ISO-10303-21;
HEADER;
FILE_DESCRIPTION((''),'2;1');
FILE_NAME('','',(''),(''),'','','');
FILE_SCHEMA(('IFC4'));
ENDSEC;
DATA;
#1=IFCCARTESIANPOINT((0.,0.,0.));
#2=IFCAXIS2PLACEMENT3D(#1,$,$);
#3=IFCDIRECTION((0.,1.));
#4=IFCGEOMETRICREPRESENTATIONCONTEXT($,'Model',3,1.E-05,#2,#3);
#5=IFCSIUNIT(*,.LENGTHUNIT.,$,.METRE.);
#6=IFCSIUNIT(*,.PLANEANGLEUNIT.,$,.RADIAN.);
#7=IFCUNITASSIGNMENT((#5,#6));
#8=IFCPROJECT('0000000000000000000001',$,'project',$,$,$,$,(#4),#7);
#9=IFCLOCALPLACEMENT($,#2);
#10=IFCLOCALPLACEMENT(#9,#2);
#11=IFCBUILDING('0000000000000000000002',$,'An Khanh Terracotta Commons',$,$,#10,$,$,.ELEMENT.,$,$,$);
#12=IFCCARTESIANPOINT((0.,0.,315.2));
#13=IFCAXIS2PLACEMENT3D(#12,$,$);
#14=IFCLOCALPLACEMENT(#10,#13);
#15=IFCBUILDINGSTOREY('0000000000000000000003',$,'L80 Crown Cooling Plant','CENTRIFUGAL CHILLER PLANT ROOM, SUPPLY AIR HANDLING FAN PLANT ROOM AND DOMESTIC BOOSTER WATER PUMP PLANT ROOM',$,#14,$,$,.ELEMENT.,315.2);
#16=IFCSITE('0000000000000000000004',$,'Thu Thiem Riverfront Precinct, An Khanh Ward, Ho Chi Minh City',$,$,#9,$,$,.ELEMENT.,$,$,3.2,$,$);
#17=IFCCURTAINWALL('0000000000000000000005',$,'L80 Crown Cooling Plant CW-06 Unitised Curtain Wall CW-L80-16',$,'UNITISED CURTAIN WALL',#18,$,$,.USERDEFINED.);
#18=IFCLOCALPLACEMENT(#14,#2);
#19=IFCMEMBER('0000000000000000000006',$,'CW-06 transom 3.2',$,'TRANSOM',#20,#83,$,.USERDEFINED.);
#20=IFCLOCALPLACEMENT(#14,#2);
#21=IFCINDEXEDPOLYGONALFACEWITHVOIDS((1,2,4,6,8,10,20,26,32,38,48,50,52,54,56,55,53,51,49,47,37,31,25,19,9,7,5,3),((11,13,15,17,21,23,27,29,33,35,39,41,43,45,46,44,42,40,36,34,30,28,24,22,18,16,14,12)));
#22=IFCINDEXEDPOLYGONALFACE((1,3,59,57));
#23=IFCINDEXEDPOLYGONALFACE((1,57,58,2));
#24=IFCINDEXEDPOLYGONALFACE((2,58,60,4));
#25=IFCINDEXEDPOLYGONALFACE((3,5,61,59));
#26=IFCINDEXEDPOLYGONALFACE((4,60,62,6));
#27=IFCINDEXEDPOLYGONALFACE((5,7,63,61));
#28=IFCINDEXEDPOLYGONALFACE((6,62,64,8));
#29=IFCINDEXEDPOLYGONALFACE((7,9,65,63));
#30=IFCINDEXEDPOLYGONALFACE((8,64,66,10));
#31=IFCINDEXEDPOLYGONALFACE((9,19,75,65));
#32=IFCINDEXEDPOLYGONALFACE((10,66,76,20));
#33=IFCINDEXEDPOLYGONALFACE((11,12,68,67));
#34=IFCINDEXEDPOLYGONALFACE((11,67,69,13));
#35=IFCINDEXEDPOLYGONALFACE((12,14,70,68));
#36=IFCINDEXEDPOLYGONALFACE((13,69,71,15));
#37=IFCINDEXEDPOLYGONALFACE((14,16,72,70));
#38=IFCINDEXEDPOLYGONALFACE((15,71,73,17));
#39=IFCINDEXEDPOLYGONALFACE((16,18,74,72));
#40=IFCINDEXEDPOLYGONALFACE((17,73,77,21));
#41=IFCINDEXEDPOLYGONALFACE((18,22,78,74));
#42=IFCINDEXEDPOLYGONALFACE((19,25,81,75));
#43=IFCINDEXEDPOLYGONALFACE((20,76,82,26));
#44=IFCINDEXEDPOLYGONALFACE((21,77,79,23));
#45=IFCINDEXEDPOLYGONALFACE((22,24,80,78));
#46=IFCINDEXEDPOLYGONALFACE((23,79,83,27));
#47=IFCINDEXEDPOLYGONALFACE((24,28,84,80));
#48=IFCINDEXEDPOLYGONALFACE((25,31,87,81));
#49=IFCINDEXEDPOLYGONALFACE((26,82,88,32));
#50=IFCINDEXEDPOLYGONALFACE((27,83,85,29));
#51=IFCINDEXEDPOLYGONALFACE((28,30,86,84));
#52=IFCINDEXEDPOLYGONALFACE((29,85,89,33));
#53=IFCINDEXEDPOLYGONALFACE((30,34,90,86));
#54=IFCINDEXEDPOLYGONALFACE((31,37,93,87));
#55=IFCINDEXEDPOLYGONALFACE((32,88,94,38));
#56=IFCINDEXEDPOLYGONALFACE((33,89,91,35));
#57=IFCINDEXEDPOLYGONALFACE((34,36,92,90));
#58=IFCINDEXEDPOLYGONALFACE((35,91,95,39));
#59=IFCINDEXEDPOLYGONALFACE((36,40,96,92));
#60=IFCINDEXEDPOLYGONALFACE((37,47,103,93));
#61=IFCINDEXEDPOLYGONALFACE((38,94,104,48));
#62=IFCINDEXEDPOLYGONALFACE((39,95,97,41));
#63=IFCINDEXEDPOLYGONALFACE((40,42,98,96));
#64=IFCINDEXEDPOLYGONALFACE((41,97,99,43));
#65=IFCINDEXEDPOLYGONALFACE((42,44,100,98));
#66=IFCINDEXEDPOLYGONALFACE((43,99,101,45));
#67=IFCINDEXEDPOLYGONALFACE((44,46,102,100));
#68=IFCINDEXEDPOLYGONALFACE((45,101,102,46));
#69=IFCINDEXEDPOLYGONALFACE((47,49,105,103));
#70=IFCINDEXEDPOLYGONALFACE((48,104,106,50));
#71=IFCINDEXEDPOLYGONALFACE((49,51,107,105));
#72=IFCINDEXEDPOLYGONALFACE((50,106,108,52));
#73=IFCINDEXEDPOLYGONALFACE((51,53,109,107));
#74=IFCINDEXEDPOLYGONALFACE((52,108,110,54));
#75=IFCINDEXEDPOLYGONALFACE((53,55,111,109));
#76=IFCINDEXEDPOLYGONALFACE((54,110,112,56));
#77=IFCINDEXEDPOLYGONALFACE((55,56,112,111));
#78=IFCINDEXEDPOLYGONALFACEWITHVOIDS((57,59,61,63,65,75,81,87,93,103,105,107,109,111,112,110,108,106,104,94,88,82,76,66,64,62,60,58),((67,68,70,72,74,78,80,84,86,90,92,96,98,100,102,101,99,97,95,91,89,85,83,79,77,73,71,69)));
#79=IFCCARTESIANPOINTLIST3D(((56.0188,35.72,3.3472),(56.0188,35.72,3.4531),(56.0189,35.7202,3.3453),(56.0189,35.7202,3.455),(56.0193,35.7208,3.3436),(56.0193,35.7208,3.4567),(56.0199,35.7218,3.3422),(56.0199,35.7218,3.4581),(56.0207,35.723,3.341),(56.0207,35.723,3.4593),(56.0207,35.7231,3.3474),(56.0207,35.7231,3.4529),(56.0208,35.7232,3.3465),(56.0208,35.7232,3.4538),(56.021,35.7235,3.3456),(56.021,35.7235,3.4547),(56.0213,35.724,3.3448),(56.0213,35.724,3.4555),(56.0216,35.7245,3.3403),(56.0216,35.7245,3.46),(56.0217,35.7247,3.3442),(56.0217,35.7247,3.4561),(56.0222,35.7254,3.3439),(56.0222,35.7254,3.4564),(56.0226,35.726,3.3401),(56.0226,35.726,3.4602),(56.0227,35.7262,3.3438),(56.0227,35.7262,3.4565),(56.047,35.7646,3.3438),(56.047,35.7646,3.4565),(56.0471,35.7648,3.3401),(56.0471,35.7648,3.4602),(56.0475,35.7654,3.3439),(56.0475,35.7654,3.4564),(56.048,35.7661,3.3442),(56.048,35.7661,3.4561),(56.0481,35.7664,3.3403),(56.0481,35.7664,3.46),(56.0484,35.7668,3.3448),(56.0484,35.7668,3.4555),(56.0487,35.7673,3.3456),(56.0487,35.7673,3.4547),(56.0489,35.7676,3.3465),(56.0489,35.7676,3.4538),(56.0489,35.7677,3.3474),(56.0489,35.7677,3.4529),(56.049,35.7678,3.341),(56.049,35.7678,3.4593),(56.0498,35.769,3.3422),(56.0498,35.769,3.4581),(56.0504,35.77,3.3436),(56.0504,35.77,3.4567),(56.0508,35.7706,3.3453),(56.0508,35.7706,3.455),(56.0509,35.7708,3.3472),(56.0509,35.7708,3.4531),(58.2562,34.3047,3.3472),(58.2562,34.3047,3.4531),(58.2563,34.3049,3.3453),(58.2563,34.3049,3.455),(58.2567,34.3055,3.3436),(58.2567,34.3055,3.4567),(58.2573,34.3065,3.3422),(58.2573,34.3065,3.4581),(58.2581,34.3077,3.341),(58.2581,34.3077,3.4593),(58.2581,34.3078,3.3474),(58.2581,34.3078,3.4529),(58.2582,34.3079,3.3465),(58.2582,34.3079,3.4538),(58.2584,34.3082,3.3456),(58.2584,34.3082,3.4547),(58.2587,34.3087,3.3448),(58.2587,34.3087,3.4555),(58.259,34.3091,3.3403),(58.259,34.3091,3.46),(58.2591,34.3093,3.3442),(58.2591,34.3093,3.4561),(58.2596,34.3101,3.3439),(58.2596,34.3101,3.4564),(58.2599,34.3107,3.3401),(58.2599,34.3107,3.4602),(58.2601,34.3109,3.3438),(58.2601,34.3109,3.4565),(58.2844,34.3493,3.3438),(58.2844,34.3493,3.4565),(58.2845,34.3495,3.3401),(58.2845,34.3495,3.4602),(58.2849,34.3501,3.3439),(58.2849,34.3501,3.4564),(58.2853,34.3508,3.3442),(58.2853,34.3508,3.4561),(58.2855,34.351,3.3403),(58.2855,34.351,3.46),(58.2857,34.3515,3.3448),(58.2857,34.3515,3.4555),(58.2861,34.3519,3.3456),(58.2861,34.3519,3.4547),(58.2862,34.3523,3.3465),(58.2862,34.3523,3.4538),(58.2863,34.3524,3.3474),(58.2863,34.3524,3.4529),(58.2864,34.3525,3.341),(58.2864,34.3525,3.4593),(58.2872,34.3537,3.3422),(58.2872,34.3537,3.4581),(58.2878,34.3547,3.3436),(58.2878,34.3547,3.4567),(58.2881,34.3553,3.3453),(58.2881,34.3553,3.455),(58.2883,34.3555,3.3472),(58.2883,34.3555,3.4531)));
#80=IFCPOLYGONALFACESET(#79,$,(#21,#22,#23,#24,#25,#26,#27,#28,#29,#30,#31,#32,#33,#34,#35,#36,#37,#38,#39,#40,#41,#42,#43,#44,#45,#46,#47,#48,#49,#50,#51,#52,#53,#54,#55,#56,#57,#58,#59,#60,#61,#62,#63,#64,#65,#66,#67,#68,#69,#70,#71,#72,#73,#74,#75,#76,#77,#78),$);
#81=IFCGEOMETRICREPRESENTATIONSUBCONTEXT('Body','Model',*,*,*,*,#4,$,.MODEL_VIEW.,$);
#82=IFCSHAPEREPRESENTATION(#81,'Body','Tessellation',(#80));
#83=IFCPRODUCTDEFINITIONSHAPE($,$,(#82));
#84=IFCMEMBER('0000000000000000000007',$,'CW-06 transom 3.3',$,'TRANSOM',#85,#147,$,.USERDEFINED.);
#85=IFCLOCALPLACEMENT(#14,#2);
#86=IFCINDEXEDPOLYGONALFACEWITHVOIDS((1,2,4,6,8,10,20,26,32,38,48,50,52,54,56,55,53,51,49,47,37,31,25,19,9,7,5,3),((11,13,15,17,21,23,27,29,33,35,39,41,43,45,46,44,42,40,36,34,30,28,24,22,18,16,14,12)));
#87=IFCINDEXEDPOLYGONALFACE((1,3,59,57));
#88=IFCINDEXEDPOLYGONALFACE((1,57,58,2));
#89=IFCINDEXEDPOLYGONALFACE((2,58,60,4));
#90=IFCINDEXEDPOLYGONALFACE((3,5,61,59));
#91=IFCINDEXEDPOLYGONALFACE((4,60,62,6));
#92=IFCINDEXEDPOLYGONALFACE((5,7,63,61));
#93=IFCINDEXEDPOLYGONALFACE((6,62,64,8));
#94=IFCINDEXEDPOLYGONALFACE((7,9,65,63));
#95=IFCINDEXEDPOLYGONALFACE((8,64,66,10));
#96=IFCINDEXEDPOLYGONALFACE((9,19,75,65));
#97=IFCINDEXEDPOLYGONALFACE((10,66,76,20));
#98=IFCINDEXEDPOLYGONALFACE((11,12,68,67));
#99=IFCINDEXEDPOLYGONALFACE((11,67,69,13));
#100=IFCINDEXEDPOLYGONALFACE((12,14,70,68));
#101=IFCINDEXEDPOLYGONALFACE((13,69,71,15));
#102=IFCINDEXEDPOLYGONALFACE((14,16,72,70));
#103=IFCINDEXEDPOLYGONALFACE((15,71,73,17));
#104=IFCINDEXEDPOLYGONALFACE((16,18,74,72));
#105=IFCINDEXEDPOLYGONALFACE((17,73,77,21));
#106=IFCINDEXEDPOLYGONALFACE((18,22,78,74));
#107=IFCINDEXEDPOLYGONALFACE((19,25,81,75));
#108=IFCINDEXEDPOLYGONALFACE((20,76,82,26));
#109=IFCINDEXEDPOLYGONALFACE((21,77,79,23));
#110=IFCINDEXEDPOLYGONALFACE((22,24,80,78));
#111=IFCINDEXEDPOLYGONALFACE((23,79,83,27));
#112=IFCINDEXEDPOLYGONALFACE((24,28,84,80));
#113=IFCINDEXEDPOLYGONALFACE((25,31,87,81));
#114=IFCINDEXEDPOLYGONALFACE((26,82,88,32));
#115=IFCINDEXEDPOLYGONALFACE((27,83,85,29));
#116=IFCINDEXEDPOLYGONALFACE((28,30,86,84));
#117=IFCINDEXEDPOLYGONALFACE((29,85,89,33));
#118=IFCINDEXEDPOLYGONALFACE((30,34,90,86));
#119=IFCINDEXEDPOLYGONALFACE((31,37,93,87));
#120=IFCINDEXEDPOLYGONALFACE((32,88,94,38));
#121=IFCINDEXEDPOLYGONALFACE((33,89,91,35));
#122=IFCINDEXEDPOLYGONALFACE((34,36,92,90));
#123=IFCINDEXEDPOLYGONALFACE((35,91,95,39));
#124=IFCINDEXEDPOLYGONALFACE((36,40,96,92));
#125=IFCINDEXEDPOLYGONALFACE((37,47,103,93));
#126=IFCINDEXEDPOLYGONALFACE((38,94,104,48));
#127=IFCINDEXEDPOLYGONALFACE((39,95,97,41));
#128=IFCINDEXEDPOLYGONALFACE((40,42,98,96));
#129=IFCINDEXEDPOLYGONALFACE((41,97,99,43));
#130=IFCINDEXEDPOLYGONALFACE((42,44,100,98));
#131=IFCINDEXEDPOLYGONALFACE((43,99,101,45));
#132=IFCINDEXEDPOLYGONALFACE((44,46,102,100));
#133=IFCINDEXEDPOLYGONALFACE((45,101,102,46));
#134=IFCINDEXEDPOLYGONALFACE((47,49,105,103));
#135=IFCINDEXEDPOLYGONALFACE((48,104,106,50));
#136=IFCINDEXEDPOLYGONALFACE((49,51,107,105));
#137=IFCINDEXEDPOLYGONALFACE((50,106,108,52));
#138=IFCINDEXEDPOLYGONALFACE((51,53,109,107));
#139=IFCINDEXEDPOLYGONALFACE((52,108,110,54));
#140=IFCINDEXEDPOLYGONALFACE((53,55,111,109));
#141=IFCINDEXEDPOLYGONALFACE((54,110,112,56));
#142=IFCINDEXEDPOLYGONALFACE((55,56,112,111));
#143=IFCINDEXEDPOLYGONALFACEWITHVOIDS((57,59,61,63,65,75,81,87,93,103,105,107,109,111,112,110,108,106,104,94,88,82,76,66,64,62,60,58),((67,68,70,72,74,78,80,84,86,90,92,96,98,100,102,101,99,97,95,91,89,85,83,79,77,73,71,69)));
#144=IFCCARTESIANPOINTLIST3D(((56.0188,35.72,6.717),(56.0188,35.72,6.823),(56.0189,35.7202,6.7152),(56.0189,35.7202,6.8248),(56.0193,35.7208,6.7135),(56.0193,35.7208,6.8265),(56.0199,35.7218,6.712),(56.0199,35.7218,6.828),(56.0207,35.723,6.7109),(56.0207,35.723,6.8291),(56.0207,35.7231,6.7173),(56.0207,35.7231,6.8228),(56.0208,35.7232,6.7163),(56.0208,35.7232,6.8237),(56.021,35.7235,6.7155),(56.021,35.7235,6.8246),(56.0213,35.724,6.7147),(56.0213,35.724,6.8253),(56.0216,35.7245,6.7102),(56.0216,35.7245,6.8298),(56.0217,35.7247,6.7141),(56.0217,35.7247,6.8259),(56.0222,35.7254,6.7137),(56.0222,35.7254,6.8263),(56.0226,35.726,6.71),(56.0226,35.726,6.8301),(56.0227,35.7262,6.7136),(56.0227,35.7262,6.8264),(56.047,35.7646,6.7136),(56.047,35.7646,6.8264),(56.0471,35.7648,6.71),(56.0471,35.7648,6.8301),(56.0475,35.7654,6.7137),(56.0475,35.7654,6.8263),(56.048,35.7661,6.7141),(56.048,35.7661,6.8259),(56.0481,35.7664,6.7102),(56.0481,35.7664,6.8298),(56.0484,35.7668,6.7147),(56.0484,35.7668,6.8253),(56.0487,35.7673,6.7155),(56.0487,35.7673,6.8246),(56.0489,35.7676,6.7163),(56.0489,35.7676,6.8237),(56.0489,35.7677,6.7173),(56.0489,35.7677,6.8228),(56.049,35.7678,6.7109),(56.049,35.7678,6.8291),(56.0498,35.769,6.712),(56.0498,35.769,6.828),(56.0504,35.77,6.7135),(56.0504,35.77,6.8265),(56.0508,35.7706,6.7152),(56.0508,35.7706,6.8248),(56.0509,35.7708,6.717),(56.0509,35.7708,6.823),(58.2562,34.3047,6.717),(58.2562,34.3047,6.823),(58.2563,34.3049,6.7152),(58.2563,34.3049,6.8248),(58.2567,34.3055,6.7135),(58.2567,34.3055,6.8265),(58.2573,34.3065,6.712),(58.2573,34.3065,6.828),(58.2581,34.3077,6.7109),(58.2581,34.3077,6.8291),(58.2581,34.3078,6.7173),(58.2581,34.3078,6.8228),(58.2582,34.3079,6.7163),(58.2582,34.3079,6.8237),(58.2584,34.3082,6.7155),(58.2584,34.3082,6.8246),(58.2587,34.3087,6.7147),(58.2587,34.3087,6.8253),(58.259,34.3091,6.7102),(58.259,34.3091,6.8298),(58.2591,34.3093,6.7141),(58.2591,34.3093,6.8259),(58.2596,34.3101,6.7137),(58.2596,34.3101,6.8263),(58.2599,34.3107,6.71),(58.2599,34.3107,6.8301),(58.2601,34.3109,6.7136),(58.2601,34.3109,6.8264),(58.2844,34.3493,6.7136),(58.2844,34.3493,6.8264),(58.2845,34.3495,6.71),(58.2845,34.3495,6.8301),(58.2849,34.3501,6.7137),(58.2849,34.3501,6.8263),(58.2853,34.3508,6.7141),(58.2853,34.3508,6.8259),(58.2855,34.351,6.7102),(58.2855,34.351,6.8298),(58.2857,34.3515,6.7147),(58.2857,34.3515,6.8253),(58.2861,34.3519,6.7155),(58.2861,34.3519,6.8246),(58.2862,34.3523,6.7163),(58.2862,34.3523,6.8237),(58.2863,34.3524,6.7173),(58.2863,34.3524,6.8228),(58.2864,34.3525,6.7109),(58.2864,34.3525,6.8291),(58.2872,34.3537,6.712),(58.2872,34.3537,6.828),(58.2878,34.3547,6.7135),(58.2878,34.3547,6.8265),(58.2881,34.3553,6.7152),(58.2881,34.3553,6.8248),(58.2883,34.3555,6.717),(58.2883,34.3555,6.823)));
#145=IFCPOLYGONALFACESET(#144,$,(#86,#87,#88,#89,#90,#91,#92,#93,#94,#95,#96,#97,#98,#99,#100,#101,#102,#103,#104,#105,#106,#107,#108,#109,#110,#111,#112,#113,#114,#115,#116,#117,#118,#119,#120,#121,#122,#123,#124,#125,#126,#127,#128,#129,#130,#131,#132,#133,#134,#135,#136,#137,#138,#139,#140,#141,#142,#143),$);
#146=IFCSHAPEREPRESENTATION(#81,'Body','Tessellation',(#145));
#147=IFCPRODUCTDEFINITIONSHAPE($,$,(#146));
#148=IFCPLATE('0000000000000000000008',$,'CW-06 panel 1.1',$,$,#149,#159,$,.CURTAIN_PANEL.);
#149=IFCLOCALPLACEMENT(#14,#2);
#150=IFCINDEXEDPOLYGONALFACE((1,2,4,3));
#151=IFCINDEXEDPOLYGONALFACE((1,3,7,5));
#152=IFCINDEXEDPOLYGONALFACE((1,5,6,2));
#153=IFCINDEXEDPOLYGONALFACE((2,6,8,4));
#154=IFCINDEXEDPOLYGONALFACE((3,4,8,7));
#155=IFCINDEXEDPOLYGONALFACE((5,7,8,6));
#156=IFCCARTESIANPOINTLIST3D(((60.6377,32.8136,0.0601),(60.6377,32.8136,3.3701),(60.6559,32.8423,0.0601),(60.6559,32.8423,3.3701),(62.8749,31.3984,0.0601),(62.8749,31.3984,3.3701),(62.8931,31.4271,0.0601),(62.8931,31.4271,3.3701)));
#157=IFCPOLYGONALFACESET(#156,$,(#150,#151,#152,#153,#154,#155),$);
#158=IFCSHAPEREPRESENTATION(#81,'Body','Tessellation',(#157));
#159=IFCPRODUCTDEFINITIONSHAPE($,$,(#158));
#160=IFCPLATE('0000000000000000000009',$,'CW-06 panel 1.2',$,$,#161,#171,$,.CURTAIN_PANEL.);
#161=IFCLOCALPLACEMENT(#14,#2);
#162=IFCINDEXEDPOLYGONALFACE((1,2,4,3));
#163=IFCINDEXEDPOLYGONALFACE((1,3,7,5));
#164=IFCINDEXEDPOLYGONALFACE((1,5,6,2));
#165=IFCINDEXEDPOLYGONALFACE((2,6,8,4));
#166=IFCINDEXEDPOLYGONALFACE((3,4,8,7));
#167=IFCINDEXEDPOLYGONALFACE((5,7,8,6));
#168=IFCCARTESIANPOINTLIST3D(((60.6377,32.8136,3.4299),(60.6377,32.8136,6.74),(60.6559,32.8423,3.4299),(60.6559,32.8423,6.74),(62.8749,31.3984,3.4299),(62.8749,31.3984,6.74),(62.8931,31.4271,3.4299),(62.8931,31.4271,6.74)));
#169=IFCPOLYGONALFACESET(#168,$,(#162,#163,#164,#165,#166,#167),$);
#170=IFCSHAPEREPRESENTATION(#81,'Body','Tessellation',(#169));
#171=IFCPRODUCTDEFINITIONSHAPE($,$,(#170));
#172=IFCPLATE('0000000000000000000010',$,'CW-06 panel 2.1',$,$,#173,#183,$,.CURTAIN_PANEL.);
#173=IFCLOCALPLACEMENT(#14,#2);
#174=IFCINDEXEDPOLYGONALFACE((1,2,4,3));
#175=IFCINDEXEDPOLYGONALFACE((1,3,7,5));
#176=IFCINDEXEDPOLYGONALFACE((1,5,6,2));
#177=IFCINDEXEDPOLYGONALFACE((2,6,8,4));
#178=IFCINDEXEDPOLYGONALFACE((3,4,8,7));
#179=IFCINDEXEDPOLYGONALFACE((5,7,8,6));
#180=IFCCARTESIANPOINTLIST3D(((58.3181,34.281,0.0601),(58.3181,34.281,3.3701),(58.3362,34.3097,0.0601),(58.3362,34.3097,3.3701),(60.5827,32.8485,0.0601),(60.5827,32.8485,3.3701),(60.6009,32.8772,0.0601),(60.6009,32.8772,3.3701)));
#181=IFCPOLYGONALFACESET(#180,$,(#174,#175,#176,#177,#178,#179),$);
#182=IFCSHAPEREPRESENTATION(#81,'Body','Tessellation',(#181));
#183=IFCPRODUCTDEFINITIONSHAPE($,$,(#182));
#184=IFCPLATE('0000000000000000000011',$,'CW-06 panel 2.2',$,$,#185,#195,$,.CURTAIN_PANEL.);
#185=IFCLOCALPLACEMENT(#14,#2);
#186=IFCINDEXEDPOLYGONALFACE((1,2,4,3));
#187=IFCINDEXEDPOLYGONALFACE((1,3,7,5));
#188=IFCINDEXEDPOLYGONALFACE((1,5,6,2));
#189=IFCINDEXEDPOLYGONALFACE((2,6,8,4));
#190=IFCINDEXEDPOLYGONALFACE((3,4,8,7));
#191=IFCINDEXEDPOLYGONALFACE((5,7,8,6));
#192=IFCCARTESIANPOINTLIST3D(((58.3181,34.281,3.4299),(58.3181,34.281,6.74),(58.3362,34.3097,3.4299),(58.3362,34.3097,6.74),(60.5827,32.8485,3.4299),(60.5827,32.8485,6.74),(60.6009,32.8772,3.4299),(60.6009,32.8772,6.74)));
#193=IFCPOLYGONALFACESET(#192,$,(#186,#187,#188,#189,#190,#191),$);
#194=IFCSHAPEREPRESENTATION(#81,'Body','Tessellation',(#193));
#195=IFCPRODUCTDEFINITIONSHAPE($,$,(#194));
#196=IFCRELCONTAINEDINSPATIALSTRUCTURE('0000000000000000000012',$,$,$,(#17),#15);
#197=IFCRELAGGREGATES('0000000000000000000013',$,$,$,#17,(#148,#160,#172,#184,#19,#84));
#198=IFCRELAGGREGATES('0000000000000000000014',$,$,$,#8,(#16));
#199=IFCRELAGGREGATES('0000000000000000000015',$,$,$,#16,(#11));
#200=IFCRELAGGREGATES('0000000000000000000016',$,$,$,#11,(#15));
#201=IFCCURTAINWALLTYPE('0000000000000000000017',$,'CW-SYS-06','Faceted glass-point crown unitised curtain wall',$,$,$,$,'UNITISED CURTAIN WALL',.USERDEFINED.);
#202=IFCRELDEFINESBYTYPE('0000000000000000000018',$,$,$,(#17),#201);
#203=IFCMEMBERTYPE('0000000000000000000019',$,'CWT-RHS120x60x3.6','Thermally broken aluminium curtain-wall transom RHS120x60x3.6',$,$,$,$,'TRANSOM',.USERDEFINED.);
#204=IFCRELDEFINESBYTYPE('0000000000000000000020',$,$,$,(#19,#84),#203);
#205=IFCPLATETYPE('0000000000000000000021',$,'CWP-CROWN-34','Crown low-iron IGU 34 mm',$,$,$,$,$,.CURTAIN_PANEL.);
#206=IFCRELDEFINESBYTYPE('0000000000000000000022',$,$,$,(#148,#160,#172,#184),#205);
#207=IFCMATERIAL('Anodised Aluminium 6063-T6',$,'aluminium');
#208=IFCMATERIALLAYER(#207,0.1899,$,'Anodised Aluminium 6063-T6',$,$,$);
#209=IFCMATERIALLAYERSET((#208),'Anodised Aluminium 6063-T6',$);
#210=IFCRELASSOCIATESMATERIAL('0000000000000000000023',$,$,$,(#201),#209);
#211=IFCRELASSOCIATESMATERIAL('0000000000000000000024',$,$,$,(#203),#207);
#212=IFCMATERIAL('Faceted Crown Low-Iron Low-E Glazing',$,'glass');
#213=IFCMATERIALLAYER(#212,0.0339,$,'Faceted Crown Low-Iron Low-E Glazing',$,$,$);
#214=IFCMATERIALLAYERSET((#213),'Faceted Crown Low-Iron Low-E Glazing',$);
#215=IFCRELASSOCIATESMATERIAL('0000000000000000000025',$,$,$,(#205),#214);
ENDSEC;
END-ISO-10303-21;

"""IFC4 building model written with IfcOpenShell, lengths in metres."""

from ifc_helpers import new_model, si_unit, direction, frame, origin, origin_2d, place, context, subcontext, project, spatial, rectangle, hollow_rectangle, extrude, material, layer, layer_set, material_profile, profile_set, type_object, element, aggregate, save


model = new_model("IFC4")

# Units and contexts
model_context = context("Model", 3, precision=1e-05, world=origin(), true_north=direction((0.0, 1.0)))
body_context = subcontext(model_context, "Body", "Model", "MODEL_VIEW")
ifc_project = project(units=[si_unit("LENGTHUNIT", "METRE"), si_unit("PLANEANGLEUNIT", "RADIAN")], contexts=[model_context])

# Site, building, storey
site_placement = place(None, origin())
site = spatial("IfcSite", under=ifc_project, at=site_placement, Name="Thu Thiem Riverfront Precinct, An Khanh Ward, Ho Chi Minh City", CompositionType="ELEMENT", RefElevation=3.2)
building_placement = place(site_placement, origin())
building = spatial("IfcBuilding", under=site, at=building_placement, Name="An Khanh Terracotta Commons", CompositionType="ELEMENT")
storey_placement = place(building_placement, frame((0.0, 0.0, 315.2)))
storey = spatial("IfcBuildingStorey", under=building, at=storey_placement, Name="L80 Crown Cooling Plant", Description="CENTRIFUGAL CHILLER PLANT ROOM, SUPPLY AIR HANDLING FAN PLANT ROOM AND DOMESTIC BOOSTER WATER PUMP PLANT ROOM", CompositionType="ELEMENT", Elevation=315.2)

# Curtain wall, members, plates
ifc_material_1 = material(Name="Anodised Aluminium 6063-T6", Category="aluminium")
ifc_layer_1 = layer(ifc_material_1, 0.1899, Name="Anodised Aluminium 6063-T6")
ifc_layer_set_1 = layer_set([ifc_layer_1], Name="Anodised Aluminium 6063-T6")
curtain_wall_type = type_object("IfcCurtainWallType", Name="CW-SYS-06", Description="Faceted glass-point crown unitised curtain wall", ElementType="UNITISED CURTAIN WALL", PredefinedType="USERDEFINED", material=ifc_layer_set_1)
curtain_wall_placement = place(storey_placement, origin())
curtain_wall = element("IfcCurtainWall", 1, at=curtain_wall_placement, inside=storey, type_object=curtain_wall_type, Name="L80 Crown Cooling Plant CW-06 Unitised Curtain Wall CW-L80-16", ObjectType="UNITISED CURTAIN WALL", PredefinedType="USERDEFINED")
ifc_material_profile_1 = material_profile(ifc_material_1, hollow_rectangle(XDim=0.0601, YDim=0.1201, WallThickness=0.0037, InnerFilletRadius=0.0037, OuterFilletRadius=0.0071, at=origin_2d()), Name="RHS120x60x3.6")
ifc_profile_set_1 = profile_set([ifc_material_profile_1], Name="Anodised Aluminium 6063-T6")
member_type_1 = type_object("IfcMemberType", Name="CWT-RHS120x60x3.6", Description="Thermally broken aluminium curtain-wall transom RHS120x60x3.6", ElementType="TRANSOM", PredefinedType="USERDEFINED", material=ifc_profile_set_1)
member_1_placement = place(storey_placement, frame((58.2722, 34.3301, 3.4001), z_axis=(-0.845105, 0.5346, 0.0), x_axis=(-0.5346, -0.845105, 0.0)))
member_1 = element("IfcMember", 2, at=member_1_placement, type_object=member_type_1, Name="CW-06 transom 3.2", ObjectType="TRANSOM", PredefinedType="USERDEFINED", context=body_context, shape_type="SweptSolid", body=[
    extrude(hollow_rectangle(XDim=0.0601, YDim=0.1201, WallThickness=0.0037, InnerFilletRadius=0.0037, OuterFilletRadius=0.0071, at=origin_2d()), origin(), (0.0, 0.0, 1.0), 2.6475),
])
member_2_placement = place(storey_placement, frame((58.2722, 34.3301, 6.77), z_axis=(-0.845105, 0.5346, 0.0), x_axis=(-0.5346, -0.845105, 0.0)))
member_2 = element("IfcMember", 3, at=member_2_placement, type_object=member_type_1, Name="CW-06 transom 3.3", ObjectType="TRANSOM", PredefinedType="USERDEFINED", context=body_context, shape_type="SweptSolid", body=[
    extrude(hollow_rectangle(XDim=0.0601, YDim=0.1201, WallThickness=0.0037, InnerFilletRadius=0.0037, OuterFilletRadius=0.0071, at=origin_2d()), origin(), (0.0, 0.0, 1.0), 2.6475),
])
ifc_material_2 = material(Name="Faceted Crown Low-Iron Low-E Glazing", Category="glass")
ifc_layer_2 = layer(ifc_material_2, 0.0339, Name="Faceted Crown Low-Iron Low-E Glazing")
ifc_layer_set_2 = layer_set([ifc_layer_2], Name="Faceted Crown Low-Iron Low-E Glazing")
plate_type = type_object("IfcPlateType", Name="CWP-CROWN-34", Description="Crown low-iron IGU 34 mm", PredefinedType="CURTAIN_PANEL", material=ifc_layer_set_2)
plate_1_placement = place(storey_placement, frame((61.7654, 32.1204, 0.0601), z_axis=(0.0, 0.0, 1.0), x_axis=(-0.845114, 0.534587, 0.0)))
plate_1 = element("IfcPlate", 4, at=plate_1_placement, type_object=plate_type, Name="CW-06 panel 1.1", PredefinedType="CURTAIN_PANEL", context=body_context, shape_type="SweptSolid", body=[
    extrude(rectangle(XDim=2.6472, YDim=0.0339, at=origin_2d()), origin(), (0.0, 0.0, 1.0), 3.3101),
])
plate_2_placement = place(storey_placement, frame((61.7654, 32.1204, 3.4299), z_axis=(0.0, 0.0, 1.0), x_axis=(-0.845114, 0.534587, 0.0)))
plate_2 = element("IfcPlate", 5, at=plate_2_placement, type_object=plate_type, Name="CW-06 panel 1.2", PredefinedType="CURTAIN_PANEL", context=body_context, shape_type="SweptSolid", body=[
    extrude(rectangle(XDim=2.6472, YDim=0.0339, at=origin_2d()), origin(), (0.0, 0.0, 1.0), 3.3101),
])
plate_3_placement = place(storey_placement, frame((59.4595, 33.5791, 0.0601), z_axis=(0.0, 0.0, 1.0), x_axis=(-0.845114, 0.534587, 0.0)))
plate_3 = element("IfcPlate", 6, at=plate_3_placement, type_object=plate_type, Name="CW-06 panel 2.1", PredefinedType="CURTAIN_PANEL", context=body_context, shape_type="SweptSolid", body=[
    extrude(rectangle(XDim=2.6797, YDim=0.0339, at=origin_2d()), origin(), (0.0, 0.0, 1.0), 3.3101),
])
plate_4_placement = place(storey_placement, frame((59.4595, 33.5791, 3.4299), z_axis=(0.0, 0.0, 1.0), x_axis=(-0.845114, 0.534587, 0.0)))
plate_4 = element("IfcPlate", 7, at=plate_4_placement, type_object=plate_type, Name="CW-06 panel 2.2", PredefinedType="CURTAIN_PANEL", context=body_context, shape_type="SweptSolid", body=[
    extrude(rectangle(XDim=2.6797, YDim=0.0339, at=origin_2d()), origin(), (0.0, 0.0, 1.0), 3.3101),
])
aggregate(curtain_wall, [plate_1, plate_2, plate_3, plate_4, member_1, member_2])

save(model, "model.ifc")
